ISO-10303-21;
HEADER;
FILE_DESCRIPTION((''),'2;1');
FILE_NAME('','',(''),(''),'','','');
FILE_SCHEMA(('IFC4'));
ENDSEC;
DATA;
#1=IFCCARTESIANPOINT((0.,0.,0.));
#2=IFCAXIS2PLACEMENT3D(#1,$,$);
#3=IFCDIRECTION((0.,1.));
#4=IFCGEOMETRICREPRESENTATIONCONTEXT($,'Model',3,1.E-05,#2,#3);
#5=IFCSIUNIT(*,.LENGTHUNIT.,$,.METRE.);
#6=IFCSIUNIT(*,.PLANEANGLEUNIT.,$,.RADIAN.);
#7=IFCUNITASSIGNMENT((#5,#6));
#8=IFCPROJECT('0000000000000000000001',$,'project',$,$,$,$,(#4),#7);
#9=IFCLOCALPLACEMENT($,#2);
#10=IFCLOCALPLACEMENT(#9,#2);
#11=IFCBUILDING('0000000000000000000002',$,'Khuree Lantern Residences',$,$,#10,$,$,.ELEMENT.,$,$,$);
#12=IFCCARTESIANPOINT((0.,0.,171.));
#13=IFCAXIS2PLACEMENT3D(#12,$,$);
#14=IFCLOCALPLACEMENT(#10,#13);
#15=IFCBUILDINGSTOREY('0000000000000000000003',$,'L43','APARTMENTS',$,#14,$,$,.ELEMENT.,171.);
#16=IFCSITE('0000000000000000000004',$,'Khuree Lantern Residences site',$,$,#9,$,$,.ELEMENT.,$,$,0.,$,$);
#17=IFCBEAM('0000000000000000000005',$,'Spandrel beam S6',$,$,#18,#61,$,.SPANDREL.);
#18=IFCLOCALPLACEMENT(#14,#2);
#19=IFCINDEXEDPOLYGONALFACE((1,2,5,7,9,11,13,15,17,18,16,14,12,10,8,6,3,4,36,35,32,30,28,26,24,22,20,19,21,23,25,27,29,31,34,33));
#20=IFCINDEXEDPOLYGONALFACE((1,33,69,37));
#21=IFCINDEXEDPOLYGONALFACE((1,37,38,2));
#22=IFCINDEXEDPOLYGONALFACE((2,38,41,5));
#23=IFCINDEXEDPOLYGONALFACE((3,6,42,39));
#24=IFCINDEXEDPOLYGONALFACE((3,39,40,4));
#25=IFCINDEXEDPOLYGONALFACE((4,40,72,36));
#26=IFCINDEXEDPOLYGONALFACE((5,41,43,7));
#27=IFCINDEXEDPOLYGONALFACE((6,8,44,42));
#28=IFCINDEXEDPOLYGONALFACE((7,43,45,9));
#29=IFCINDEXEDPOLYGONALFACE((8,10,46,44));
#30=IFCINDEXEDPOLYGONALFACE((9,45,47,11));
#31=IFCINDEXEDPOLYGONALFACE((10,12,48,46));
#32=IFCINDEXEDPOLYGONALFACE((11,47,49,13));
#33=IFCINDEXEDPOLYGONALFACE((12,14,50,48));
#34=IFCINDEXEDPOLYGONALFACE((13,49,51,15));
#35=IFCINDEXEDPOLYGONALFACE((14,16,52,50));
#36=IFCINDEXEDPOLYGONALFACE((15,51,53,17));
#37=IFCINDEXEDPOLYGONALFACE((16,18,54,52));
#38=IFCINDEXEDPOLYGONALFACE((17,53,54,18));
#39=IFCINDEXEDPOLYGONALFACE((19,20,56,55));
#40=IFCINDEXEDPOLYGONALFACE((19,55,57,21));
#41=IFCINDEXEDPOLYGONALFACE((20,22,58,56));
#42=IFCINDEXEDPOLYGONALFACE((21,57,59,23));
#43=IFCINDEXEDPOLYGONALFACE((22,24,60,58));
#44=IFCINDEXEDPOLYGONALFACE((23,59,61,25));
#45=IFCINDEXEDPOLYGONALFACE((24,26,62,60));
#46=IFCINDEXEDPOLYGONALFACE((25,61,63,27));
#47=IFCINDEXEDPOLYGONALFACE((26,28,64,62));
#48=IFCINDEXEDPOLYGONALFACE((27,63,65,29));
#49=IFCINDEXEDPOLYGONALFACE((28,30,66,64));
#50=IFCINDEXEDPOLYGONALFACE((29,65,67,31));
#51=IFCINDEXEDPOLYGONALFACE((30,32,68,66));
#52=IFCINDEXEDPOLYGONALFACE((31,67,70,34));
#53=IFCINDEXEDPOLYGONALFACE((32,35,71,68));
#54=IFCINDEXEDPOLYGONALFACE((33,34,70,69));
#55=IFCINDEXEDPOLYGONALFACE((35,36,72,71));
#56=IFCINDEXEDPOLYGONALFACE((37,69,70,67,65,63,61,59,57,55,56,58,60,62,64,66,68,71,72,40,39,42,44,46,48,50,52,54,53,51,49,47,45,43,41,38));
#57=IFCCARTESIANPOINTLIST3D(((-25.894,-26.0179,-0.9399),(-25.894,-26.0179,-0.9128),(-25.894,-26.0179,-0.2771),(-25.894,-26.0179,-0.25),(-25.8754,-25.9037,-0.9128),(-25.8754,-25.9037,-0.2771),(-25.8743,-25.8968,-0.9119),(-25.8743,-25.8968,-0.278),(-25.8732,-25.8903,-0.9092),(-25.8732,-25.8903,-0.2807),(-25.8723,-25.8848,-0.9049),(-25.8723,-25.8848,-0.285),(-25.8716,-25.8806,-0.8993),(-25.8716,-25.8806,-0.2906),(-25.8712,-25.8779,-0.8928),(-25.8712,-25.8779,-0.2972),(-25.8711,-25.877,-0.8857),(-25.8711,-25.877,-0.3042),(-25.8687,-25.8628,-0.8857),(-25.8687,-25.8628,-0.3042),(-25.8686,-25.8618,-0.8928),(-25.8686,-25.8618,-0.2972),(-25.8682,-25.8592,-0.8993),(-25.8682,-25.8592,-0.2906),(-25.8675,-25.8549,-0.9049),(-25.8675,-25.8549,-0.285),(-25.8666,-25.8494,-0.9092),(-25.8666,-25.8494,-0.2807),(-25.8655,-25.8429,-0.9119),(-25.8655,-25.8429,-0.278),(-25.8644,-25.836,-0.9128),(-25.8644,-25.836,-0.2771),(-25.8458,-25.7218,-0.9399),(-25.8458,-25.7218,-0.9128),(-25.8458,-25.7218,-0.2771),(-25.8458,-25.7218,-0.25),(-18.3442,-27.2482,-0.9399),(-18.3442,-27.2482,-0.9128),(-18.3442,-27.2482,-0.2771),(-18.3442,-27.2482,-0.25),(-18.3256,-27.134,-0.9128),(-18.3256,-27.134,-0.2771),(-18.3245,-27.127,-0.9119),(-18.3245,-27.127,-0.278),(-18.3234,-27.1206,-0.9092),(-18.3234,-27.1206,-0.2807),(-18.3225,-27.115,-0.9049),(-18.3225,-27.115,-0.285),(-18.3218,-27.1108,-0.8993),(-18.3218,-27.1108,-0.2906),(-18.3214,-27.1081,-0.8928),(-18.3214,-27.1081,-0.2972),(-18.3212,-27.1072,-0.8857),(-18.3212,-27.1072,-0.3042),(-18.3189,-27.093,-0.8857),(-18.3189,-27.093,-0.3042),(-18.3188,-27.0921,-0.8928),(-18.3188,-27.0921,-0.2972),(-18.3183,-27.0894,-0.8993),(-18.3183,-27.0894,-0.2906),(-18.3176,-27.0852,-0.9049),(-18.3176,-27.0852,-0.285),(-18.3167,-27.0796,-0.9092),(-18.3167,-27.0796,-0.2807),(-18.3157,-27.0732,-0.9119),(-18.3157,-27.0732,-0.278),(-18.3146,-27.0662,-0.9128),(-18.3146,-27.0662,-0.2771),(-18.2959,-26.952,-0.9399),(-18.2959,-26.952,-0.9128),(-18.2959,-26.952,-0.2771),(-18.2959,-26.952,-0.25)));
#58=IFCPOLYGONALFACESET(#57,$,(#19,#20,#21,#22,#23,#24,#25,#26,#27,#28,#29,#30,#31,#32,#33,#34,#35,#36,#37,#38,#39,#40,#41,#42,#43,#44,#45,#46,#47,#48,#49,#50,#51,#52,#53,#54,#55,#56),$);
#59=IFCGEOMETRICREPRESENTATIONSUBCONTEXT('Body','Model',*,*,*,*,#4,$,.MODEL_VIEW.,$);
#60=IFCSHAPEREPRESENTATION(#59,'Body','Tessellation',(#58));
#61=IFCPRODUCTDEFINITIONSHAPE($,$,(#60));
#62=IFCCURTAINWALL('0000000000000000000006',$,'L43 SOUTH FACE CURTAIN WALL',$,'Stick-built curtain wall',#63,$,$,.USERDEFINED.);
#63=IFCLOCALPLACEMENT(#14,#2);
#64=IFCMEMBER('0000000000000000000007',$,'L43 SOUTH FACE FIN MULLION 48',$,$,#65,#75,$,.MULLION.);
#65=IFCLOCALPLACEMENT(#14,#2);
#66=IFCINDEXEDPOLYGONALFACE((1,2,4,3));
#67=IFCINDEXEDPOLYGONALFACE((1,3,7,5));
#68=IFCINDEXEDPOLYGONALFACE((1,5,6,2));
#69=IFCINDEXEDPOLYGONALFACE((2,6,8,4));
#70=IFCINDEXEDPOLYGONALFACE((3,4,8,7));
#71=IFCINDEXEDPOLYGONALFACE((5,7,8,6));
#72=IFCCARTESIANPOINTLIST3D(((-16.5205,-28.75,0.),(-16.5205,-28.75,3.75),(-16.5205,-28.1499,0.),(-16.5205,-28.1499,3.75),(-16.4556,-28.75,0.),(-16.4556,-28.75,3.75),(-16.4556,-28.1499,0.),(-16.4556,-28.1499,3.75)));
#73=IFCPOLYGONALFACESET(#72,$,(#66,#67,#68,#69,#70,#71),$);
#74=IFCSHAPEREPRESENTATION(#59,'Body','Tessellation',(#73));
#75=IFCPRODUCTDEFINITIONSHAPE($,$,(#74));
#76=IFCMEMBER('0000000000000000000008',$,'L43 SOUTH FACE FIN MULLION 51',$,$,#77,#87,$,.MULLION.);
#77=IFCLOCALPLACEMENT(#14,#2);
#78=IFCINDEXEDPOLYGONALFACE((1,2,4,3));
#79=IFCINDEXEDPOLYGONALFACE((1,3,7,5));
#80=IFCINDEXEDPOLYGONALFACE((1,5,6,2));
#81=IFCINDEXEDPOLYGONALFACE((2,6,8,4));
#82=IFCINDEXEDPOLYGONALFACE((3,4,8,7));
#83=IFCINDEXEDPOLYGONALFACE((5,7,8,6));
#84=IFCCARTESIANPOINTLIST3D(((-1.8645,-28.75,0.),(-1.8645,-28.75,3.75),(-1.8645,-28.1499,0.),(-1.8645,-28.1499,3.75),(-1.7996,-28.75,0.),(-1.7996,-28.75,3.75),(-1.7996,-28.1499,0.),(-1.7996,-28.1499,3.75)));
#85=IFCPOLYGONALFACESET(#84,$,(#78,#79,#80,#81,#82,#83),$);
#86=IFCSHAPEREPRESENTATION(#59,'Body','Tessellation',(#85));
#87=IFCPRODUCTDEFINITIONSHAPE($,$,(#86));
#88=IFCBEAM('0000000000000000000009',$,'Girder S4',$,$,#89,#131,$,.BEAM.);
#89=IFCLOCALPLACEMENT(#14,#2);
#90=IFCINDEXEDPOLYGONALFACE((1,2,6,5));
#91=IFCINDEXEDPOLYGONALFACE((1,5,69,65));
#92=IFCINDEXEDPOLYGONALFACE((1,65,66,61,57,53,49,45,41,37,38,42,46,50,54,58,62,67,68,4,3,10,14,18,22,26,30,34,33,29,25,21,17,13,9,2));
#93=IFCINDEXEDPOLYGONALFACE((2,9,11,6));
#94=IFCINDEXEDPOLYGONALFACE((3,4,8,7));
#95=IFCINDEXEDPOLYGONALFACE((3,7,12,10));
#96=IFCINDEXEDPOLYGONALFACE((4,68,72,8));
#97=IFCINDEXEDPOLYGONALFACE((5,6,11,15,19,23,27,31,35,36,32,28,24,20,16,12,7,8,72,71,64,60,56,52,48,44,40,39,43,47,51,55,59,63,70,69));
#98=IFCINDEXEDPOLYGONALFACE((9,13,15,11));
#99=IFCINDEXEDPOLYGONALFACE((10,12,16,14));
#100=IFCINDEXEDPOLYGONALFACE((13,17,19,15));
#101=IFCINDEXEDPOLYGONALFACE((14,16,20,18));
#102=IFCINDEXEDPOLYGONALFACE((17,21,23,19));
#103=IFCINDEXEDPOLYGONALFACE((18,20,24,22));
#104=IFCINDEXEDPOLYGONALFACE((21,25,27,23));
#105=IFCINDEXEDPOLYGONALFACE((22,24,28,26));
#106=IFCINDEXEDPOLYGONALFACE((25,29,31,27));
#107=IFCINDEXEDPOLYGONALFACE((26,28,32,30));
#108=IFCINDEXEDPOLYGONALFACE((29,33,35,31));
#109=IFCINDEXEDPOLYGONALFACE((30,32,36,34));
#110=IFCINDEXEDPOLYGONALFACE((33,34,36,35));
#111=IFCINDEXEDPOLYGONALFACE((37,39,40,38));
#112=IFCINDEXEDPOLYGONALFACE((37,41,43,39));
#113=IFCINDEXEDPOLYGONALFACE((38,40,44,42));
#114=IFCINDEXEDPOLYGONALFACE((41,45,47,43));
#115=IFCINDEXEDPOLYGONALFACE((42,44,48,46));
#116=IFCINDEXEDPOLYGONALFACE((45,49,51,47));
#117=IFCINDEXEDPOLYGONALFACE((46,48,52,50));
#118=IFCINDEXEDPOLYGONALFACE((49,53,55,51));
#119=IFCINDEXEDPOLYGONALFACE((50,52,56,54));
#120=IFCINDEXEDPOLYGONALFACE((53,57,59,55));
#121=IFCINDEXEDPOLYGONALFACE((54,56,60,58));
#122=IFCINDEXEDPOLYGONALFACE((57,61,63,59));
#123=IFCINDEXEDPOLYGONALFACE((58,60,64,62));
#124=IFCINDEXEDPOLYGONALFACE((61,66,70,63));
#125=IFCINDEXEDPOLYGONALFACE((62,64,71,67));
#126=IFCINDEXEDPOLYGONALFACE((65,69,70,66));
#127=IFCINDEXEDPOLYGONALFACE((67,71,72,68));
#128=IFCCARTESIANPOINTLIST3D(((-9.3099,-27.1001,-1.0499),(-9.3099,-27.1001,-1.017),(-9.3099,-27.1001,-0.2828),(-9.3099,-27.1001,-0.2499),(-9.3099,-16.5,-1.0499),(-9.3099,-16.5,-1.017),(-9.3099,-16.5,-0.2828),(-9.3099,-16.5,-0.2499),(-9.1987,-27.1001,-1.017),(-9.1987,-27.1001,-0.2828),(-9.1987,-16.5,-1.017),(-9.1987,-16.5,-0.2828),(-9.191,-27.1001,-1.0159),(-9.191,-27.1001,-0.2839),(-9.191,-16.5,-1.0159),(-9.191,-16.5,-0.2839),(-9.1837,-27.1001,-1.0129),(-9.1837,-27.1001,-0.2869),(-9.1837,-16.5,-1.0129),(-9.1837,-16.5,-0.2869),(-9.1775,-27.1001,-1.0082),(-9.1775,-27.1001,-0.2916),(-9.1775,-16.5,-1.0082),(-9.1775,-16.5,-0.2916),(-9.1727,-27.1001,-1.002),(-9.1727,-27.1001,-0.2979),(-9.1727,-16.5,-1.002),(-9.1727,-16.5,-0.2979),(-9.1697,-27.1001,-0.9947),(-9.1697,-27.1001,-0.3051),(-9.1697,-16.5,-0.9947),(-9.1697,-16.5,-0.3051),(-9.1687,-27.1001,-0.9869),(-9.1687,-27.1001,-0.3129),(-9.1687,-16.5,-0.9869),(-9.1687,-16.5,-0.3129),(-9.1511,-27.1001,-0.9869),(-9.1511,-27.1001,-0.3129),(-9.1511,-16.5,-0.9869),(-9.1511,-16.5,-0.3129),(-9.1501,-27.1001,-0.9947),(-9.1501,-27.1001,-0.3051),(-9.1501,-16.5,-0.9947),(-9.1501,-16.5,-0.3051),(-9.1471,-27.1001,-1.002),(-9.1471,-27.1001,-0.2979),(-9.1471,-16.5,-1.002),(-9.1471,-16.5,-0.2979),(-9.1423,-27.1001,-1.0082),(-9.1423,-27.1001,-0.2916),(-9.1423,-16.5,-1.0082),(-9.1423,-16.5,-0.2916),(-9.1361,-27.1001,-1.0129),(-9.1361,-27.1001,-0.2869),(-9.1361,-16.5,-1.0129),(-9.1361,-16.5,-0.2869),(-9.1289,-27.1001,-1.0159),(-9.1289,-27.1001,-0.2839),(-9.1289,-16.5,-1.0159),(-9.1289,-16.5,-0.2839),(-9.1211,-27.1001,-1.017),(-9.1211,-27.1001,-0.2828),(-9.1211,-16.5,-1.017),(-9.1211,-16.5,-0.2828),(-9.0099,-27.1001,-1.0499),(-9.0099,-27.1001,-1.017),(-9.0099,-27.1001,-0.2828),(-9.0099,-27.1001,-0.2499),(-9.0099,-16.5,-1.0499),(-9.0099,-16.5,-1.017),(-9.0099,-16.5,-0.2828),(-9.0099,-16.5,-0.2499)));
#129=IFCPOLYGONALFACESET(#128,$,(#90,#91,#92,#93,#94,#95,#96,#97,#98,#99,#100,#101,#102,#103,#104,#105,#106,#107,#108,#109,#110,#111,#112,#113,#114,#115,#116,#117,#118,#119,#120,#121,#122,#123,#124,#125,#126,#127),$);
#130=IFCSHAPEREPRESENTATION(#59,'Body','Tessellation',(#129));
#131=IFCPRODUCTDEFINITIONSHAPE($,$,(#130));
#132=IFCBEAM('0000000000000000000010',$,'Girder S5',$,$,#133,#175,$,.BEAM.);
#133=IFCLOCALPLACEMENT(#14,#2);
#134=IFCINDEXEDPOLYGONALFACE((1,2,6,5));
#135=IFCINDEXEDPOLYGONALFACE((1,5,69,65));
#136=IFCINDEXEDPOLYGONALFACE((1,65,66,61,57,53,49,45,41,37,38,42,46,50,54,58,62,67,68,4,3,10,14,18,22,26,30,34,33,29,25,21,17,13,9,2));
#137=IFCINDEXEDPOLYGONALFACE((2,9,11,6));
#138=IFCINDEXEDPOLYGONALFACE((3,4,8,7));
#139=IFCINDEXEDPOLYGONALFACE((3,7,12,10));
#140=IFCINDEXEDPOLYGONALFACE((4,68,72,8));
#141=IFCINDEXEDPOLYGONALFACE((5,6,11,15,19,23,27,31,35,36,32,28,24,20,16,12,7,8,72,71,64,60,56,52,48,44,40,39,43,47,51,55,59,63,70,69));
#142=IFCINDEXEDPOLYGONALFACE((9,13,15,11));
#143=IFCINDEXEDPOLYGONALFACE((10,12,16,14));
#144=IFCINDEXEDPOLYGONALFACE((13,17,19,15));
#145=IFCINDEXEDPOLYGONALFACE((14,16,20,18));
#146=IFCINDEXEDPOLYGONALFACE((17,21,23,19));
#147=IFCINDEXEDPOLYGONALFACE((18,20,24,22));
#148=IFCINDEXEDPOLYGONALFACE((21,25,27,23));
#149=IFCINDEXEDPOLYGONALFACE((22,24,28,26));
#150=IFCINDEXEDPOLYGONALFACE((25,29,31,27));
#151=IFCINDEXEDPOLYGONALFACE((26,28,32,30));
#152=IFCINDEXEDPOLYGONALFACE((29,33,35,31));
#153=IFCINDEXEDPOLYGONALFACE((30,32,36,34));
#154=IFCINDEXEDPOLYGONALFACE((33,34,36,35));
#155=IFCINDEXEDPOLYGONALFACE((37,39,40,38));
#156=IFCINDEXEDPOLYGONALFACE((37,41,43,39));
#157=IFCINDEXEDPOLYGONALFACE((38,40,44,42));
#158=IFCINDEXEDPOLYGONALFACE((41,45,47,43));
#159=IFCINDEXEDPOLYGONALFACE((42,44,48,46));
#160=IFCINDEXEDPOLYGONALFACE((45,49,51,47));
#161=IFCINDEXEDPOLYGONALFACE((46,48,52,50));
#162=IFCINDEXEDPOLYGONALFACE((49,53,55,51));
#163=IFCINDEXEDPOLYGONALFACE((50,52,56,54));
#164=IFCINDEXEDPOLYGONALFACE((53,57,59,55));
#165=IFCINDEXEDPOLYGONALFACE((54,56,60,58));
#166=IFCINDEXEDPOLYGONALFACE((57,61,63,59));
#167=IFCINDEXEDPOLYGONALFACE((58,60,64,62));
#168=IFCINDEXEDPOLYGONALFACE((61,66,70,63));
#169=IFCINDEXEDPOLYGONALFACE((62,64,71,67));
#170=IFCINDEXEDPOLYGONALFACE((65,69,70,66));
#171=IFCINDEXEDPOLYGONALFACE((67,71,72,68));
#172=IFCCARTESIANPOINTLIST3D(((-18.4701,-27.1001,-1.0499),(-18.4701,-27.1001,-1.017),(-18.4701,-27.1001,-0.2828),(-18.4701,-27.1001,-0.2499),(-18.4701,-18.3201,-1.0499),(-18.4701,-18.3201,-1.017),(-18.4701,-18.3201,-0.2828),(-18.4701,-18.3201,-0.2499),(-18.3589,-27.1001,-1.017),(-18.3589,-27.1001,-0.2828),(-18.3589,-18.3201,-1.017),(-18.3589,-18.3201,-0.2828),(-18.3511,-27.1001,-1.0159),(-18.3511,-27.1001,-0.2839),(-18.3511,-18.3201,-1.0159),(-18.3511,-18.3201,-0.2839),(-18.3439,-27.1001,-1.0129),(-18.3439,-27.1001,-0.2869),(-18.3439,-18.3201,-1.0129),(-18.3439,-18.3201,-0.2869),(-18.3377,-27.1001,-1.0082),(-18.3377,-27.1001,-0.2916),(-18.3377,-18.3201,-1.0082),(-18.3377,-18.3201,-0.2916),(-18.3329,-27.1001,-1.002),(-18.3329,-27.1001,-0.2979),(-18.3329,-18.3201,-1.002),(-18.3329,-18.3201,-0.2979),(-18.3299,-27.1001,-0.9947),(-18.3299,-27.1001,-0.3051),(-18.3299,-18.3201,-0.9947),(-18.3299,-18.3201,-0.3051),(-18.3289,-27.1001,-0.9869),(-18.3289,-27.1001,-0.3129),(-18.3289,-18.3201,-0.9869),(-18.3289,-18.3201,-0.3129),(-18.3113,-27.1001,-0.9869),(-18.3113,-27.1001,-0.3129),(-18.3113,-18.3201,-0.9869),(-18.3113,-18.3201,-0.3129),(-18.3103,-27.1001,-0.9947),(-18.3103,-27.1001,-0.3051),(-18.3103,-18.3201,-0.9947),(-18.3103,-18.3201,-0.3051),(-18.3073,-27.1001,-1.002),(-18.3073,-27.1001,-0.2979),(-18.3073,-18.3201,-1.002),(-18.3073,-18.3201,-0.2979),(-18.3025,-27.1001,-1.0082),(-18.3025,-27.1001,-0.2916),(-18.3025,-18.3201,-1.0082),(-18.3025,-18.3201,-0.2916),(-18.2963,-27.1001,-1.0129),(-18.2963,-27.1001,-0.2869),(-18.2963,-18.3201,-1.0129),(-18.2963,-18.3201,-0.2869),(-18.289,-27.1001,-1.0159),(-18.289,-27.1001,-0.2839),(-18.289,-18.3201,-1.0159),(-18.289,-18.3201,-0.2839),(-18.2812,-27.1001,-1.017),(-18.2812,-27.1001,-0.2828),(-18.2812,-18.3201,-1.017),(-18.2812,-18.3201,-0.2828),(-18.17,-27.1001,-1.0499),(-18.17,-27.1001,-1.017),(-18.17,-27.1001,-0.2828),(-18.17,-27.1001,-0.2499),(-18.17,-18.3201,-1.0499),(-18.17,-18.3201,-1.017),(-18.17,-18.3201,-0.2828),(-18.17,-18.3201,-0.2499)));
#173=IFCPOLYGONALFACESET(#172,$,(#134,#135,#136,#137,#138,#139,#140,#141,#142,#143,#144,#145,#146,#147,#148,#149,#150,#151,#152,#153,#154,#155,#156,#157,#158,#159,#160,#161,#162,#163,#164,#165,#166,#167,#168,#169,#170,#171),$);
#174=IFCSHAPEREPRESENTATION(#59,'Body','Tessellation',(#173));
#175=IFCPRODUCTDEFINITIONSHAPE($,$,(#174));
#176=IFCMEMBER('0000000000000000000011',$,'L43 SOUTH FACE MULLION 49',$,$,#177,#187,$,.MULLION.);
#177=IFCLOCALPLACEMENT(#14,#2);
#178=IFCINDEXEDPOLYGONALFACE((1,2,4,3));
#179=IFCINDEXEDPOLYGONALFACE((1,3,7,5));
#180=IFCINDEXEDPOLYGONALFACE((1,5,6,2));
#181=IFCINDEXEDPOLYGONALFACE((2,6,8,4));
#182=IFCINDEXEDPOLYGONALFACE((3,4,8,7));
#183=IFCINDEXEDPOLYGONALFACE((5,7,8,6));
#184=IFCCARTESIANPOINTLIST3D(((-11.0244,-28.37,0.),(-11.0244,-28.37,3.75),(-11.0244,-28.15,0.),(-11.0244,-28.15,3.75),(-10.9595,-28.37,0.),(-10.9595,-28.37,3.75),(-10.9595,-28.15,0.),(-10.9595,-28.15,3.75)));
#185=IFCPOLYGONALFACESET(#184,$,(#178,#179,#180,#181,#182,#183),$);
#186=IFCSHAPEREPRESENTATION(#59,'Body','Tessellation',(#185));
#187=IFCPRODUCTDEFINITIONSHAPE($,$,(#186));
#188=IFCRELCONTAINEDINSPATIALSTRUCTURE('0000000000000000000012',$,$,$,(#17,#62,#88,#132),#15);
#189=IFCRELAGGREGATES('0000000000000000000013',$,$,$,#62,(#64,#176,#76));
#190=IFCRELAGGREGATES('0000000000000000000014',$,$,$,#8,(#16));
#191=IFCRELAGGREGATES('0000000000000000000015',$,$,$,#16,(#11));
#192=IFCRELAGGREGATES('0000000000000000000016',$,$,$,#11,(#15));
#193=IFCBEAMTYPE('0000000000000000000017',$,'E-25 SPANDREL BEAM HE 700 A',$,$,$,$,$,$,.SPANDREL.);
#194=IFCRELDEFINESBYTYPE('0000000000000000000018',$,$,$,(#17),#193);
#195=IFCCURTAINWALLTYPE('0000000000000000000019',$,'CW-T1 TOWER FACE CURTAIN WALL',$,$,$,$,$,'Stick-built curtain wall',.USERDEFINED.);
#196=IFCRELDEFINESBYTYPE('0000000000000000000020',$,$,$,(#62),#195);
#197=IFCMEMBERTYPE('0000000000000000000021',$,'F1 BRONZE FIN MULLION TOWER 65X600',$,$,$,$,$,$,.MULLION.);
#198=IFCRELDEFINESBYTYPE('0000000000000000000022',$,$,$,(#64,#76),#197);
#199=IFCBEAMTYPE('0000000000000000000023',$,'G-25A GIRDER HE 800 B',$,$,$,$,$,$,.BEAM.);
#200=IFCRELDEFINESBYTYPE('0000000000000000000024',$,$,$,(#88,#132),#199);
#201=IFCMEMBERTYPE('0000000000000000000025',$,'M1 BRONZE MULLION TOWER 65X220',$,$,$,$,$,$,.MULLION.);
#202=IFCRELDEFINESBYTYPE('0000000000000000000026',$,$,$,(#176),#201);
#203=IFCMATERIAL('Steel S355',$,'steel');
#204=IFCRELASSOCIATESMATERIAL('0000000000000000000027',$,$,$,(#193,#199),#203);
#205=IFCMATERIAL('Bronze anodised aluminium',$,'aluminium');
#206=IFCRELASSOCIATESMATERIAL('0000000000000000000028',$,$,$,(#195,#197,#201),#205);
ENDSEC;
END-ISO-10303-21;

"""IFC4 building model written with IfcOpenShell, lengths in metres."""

from ifc_helpers import new_model, si_unit, direction, frame, origin, origin_2d, place, context, subcontext, project, spatial, rectangle, i_section, extrude, material, material_profile, profile_set, type_object, element, aggregate, save


model = new_model("IFC4")

# Units and contexts
model_context = context("Model", 3, precision=1e-05, world=origin(), true_north=direction((0.0, 1.0)))
body_context = subcontext(model_context, "Body", "Model", "MODEL_VIEW")
ifc_project = project(units=[si_unit("LENGTHUNIT", "METRE"), si_unit("PLANEANGLEUNIT", "RADIAN")], contexts=[model_context])

# Site, building, storey
site_placement = place(None, origin())
site = spatial("IfcSite", under=ifc_project, at=site_placement, Name="Khuree Lantern Residences site", CompositionType="ELEMENT", RefElevation=0.0)
building_placement = place(site_placement, origin())
building = spatial("IfcBuilding", under=site, at=building_placement, Name="Khuree Lantern Residences", CompositionType="ELEMENT")
storey_placement = place(building_placement, frame((0.0, 0.0, 171.0)))
storey = spatial("IfcBuildingStorey", under=building, at=storey_placement, Name="L43", Description="APARTMENTS", CompositionType="ELEMENT", Elevation=171.0)

# Beam
ifc_material_1 = material(Name="Steel S355", Category="steel")
ifc_material_profile_1 = material_profile(ifc_material_1, i_section(OverallWidth=0.3, OverallDepth=0.6899, WebThickness=0.0144, FlangeThickness=0.0271, FilletRadius=0.0271, at=origin_2d()), Name="HE 700 A")
ifc_profile_set_1 = profile_set([ifc_material_profile_1], Name="Steel S355")
beam_type_1 = type_object("IfcBeamType", Name="E-25 SPANDREL BEAM HE 700 A", PredefinedType="SPANDREL", material=ifc_profile_set_1)
beam_1_placement = place(storey_placement, frame((-18.3201, -27.1001, -0.595), z_axis=(-0.986983, 0.160827, 0.0), x_axis=(-0.160827, -0.986983, 0.0)))
element("IfcBeam", 1, at=beam_1_placement, inside=storey, type_object=beam_type_1, Name="Spandrel beam S6", PredefinedType="SPANDREL", context=body_context, shape_type="SweptSolid", body=[
    extrude(i_section(OverallWidth=0.3, OverallDepth=0.6899, WebThickness=0.0144, FlangeThickness=0.0271, FilletRadius=0.0271, at=origin_2d()), origin(), (0.0, 0.0, 1.0), 7.6494),
])

# Curtain wall, members
ifc_material_2 = material(Name="Bronze anodised aluminium", Category="aluminium")
curtain_wall_type = type_object("IfcCurtainWallType", Name="CW-T1 TOWER FACE CURTAIN WALL", ElementType="Stick-built curtain wall", PredefinedType="USERDEFINED", material=ifc_material_2)
curtain_wall_placement = place(storey_placement, origin())
curtain_wall = element("IfcCurtainWall", 2, at=curtain_wall_placement, inside=storey, type_object=curtain_wall_type, Name="L43 SOUTH FACE CURTAIN WALL", ObjectType="Stick-built curtain wall", PredefinedType="USERDEFINED")
ifc_material_profile_2 = material_profile(ifc_material_2, rectangle(XDim=0.0649, YDim=0.6001, at=origin_2d()), Name="F1 65X600")
ifc_profile_set_2 = profile_set([ifc_material_profile_2], Name="Bronze anodised aluminium")
member_type_1 = type_object("IfcMemberType", Name="F1 BRONZE FIN MULLION TOWER 65X600", PredefinedType="MULLION", material=ifc_profile_set_2)
member_1_placement = place(storey_placement, frame((-16.488, -28.45, 0.0), z_axis=(0.0, 0.0, 1.0), x_axis=(1.0, 0.0, 0.0)))
member_1 = element("IfcMember", 3, at=member_1_placement, type_object=member_type_1, Name="L43 SOUTH FACE FIN MULLION 48", PredefinedType="MULLION", context=body_context, shape_type="SweptSolid", body=[
    extrude(rectangle(XDim=0.0649, YDim=0.6001, at=origin_2d()), origin(), (0.0, 0.0, 1.0), 3.75),
])
member_2_placement = place(storey_placement, frame((-1.832, -28.45, 0.0), z_axis=(0.0, 0.0, 1.0), x_axis=(1.0, 0.0, 0.0)))
member_2 = element("IfcMember", 4, at=member_2_placement, type_object=member_type_1, Name="L43 SOUTH FACE FIN MULLION 51", PredefinedType="MULLION", context=body_context, shape_type="SweptSolid", body=[
    extrude(rectangle(XDim=0.0649, YDim=0.6001, at=origin_2d()), origin(), (0.0, 0.0, 1.0), 3.75),
])

# Beams
ifc_material_profile_3 = material_profile(ifc_material_1, i_section(OverallWidth=0.3, OverallDepth=0.8, WebThickness=0.0176, FlangeThickness=0.033, FilletRadius=0.03, at=origin_2d()), Name="HE 800 B")
ifc_profile_set_3 = profile_set([ifc_material_profile_3], Name="Steel S355")
beam_type_2 = type_object("IfcBeamType", Name="G-25A GIRDER HE 800 B", PredefinedType="BEAM", material=ifc_profile_set_3)
beam_2_placement = place(storey_placement, frame((-9.1599, -27.1001, -0.6499), z_axis=(0.0, 1.0, 0.0), x_axis=(-1.0, 0.0, 0.0)))
element("IfcBeam", 5, at=beam_2_placement, inside=storey, type_object=beam_type_2, Name="Girder S4", PredefinedType="BEAM", context=body_context, shape_type="SweptSolid", body=[
    extrude(i_section(OverallWidth=0.3, OverallDepth=0.8, WebThickness=0.0176, FlangeThickness=0.033, FilletRadius=0.03, at=origin_2d()), origin(), (0.0, 0.0, 1.0), 10.6001),
])
beam_3_placement = place(storey_placement, frame((-18.3201, -27.1001, -0.6499), z_axis=(0.0, 1.0, 0.0), x_axis=(-1.0, 0.0, 0.0)))
element("IfcBeam", 6, at=beam_3_placement, inside=storey, type_object=beam_type_2, Name="Girder S5", PredefinedType="BEAM", context=body_context, shape_type="SweptSolid", body=[
    extrude(i_section(OverallWidth=0.3, OverallDepth=0.8, WebThickness=0.0176, FlangeThickness=0.033, FilletRadius=0.03, at=origin_2d()), origin(), (0.0, 0.0, 1.0), 8.78),
])

# Member
ifc_material_profile_4 = material_profile(ifc_material_2, rectangle(XDim=0.0649, YDim=0.22, at=origin_2d()), Name="M1 65X220")
ifc_profile_set_4 = profile_set([ifc_material_profile_4], Name="Bronze anodised aluminium")
member_type_2 = type_object("IfcMemberType", Name="M1 BRONZE MULLION TOWER 65X220", PredefinedType="MULLION", material=ifc_profile_set_4)
member_3_placement = place(storey_placement, frame((-10.9919, -28.26, 0.0), z_axis=(0.0, 0.0, 1.0), x_axis=(1.0, 0.0, 0.0)))
member_3 = element("IfcMember", 7, at=member_3_placement, type_object=member_type_2, Name="L43 SOUTH FACE MULLION 49", PredefinedType="MULLION", context=body_context, shape_type="SweptSolid", body=[
    extrude(rectangle(XDim=0.0649, YDim=0.22, at=origin_2d()), origin(), (0.0, 0.0, 1.0), 3.75),
])

aggregate(curtain_wall, [member_1, member_3, member_2])

save(model, "model.ifc")
